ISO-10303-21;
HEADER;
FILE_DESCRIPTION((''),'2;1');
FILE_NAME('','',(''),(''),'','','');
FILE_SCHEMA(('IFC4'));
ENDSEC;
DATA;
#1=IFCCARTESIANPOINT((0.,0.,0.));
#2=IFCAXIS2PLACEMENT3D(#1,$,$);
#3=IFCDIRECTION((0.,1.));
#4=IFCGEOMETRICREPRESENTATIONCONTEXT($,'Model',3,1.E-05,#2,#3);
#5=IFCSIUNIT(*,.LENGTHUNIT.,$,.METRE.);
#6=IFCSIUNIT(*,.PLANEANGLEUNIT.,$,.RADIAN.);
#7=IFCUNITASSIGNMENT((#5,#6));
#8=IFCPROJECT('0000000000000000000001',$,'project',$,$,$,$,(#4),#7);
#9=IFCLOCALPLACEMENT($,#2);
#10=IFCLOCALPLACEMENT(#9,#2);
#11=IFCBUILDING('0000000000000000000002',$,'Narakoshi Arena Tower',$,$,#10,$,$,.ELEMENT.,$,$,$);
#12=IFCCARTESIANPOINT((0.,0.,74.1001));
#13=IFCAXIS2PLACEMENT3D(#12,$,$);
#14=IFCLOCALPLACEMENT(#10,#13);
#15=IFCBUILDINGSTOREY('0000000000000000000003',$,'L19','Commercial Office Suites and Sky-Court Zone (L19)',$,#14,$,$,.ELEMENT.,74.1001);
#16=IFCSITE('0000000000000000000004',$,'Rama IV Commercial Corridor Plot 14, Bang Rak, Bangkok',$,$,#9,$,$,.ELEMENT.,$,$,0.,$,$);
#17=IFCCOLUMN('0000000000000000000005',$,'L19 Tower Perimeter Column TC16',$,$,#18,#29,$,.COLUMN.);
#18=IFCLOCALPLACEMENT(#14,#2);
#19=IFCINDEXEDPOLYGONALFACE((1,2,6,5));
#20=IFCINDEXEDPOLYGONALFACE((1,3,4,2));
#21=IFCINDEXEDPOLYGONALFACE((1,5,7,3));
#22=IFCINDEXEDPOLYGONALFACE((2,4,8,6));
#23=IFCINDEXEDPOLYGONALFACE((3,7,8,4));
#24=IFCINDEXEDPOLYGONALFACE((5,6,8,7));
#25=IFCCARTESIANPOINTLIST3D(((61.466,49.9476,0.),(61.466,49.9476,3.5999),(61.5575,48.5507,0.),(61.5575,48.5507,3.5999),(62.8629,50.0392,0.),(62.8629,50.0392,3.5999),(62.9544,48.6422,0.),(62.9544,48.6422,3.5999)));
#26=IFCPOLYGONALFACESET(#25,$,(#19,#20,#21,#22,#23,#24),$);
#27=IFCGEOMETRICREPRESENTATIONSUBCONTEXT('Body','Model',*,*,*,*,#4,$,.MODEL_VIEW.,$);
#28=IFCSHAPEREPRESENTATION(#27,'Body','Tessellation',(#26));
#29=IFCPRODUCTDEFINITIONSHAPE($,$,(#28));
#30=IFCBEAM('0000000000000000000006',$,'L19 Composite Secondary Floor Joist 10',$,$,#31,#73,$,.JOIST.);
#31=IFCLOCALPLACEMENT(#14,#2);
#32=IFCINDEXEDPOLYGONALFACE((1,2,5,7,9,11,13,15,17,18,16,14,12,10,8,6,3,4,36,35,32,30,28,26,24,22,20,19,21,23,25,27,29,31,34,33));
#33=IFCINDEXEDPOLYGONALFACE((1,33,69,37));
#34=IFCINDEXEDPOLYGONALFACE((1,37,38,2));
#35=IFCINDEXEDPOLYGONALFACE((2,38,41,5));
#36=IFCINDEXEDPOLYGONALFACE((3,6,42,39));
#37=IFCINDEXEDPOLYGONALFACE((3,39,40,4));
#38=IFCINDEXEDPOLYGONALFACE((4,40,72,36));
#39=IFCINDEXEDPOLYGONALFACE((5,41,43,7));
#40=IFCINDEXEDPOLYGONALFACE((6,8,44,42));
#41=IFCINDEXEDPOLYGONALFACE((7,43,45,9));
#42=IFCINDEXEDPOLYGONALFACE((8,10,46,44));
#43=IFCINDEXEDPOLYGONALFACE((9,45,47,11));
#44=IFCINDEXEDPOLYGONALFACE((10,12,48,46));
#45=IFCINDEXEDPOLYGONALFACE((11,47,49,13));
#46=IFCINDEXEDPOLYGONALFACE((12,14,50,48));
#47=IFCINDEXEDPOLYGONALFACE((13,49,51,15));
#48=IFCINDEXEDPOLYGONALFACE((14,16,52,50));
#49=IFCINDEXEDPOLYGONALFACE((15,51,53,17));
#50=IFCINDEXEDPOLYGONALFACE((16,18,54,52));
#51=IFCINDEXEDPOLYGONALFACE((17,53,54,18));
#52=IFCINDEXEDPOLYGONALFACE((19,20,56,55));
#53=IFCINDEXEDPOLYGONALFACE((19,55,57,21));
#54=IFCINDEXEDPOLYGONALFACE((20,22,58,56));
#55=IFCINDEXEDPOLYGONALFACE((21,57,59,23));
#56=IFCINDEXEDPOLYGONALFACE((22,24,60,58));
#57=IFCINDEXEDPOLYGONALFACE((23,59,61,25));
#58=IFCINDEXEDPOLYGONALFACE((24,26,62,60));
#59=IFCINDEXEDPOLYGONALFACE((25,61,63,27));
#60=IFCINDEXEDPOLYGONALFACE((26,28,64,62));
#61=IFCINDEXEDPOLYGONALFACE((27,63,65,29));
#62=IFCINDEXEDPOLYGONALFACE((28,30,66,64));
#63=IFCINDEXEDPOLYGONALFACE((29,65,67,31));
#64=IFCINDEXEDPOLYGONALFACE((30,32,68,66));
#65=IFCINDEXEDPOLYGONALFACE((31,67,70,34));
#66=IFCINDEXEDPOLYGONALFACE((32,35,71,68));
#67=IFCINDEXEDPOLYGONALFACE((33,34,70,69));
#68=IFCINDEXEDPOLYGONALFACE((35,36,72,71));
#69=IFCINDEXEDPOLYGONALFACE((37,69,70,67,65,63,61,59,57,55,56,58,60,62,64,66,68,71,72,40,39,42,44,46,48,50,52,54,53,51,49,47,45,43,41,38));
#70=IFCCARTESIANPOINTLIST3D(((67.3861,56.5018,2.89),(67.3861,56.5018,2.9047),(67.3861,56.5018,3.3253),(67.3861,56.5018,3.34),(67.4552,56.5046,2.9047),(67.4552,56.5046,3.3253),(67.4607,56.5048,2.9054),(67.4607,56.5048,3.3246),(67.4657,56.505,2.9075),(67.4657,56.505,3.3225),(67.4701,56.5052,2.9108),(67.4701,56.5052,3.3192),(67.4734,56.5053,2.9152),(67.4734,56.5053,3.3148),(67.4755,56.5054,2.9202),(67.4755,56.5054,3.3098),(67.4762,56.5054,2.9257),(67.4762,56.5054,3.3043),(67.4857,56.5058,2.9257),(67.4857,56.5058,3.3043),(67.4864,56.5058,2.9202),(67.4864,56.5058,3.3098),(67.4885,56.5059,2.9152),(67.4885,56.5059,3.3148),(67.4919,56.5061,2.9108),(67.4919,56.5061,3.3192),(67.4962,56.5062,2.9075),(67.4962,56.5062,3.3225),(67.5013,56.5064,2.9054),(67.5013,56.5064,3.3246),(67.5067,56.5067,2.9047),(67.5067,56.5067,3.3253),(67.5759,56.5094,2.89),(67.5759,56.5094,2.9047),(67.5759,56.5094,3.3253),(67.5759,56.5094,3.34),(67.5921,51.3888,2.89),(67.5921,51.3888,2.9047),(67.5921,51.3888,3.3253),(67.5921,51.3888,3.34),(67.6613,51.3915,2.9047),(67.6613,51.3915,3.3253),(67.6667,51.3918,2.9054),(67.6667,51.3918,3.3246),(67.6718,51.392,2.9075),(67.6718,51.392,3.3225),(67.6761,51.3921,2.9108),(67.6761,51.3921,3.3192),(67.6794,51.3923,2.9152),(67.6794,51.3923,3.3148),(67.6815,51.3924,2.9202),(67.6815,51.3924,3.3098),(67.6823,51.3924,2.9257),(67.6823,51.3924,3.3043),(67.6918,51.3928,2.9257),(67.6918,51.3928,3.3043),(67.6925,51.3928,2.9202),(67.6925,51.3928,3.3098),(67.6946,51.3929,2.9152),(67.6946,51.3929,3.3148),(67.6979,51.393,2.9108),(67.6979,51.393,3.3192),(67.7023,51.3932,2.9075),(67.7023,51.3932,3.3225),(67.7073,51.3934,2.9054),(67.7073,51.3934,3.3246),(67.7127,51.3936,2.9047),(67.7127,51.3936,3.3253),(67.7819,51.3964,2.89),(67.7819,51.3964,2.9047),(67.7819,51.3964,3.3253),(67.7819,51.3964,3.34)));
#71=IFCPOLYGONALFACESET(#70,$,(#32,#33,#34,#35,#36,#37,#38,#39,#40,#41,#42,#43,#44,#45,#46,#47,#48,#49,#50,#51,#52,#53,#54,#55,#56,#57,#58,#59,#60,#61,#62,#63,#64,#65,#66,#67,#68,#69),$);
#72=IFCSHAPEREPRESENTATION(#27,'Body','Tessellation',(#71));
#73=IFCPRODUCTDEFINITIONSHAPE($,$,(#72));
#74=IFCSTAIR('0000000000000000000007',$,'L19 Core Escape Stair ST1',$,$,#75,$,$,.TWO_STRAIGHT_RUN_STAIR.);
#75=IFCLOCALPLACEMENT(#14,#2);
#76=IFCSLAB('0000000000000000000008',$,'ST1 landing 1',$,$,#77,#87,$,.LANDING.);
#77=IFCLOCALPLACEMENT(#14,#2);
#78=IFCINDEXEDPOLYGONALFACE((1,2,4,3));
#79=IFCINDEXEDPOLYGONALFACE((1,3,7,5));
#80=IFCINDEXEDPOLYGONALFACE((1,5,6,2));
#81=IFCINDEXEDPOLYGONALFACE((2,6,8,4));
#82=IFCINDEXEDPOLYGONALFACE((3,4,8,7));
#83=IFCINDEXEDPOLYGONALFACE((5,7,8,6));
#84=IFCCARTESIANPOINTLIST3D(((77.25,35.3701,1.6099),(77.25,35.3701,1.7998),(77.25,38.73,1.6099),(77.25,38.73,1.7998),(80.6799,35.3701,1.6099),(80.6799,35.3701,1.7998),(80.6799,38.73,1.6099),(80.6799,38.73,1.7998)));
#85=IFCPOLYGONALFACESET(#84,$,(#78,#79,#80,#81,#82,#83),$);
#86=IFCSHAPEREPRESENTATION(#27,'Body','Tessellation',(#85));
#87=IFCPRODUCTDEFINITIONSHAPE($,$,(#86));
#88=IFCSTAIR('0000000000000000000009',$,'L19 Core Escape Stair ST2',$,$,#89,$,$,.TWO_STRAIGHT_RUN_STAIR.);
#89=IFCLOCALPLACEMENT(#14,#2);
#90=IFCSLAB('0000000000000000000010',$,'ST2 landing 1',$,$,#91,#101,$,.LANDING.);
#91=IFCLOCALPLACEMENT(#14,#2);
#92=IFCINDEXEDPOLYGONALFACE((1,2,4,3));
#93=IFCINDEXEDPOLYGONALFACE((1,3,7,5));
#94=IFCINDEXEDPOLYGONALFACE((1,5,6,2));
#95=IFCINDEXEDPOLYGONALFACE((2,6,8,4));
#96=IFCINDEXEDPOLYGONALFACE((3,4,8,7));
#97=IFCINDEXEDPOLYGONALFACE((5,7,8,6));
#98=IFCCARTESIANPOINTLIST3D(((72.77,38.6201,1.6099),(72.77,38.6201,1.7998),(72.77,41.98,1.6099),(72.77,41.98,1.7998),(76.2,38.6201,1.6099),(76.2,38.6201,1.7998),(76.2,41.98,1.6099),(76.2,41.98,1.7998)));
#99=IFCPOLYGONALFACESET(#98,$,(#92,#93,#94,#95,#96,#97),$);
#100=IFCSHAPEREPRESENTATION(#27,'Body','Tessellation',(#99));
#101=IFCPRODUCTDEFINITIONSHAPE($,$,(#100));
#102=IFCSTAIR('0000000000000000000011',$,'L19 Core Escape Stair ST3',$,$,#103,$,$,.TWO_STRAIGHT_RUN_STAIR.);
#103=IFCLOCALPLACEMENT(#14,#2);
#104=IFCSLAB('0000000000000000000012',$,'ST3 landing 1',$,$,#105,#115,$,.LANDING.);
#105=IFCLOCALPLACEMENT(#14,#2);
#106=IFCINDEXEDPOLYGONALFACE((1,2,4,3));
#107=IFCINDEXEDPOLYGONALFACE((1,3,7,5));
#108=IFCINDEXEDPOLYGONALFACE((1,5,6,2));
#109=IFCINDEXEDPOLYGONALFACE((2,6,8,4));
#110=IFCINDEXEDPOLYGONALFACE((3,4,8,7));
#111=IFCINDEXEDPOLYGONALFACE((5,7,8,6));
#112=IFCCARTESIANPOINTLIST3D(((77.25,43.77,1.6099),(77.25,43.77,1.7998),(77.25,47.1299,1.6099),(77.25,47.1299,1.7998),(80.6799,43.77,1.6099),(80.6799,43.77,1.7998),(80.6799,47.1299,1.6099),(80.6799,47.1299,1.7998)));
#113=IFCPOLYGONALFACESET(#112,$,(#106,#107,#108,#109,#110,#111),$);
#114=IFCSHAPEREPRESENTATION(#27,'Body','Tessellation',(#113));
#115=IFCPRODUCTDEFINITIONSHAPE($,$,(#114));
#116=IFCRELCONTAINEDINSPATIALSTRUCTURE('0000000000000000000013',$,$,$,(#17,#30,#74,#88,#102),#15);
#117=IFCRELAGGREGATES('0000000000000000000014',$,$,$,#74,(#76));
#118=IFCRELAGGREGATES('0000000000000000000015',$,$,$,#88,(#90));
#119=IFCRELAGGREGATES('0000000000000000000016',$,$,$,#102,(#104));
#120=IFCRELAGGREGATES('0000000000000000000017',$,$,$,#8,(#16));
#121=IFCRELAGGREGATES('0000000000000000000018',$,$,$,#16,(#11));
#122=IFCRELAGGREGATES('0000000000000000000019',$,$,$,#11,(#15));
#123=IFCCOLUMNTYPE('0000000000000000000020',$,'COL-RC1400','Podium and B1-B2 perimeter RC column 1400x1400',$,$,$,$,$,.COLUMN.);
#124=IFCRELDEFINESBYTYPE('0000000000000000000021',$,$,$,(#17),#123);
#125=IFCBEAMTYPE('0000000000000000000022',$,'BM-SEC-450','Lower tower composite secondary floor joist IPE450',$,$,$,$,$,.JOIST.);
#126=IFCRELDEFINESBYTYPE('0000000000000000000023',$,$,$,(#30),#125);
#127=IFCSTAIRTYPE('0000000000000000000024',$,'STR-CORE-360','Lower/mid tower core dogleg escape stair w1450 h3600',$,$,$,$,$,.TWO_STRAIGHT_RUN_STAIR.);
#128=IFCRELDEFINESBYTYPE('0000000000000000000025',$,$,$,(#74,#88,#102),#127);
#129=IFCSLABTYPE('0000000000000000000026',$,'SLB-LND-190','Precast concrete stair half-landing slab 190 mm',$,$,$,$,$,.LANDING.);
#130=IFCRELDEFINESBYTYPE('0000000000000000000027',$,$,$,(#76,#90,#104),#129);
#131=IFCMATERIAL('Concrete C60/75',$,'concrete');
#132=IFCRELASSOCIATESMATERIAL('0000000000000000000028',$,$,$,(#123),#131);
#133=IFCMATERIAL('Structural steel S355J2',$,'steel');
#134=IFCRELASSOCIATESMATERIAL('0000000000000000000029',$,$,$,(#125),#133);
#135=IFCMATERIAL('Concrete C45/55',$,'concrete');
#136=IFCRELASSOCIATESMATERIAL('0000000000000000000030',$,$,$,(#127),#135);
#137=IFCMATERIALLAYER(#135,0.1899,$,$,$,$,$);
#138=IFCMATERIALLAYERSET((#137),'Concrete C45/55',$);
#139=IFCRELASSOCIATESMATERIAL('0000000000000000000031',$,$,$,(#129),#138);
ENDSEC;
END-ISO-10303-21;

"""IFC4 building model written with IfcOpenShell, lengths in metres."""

from ifc_helpers import new_model, si_unit, direction, frame, origin, origin_2d, place, context, subcontext, project, spatial, polyline, rectangle, i_section, outline, extrude, material, layer, layer_set, material_profile, profile_set, type_object, element, aggregate, save


model = new_model("IFC4")

# Units and contexts
model_context = context("Model", 3, precision=1e-05, world=origin(), true_north=direction((0.0, 1.0)))
body_context = subcontext(model_context, "Body", "Model", "MODEL_VIEW")
ifc_project = project(units=[si_unit("LENGTHUNIT", "METRE"), si_unit("PLANEANGLEUNIT", "RADIAN")], contexts=[model_context])

# Site, building, storey
site_placement = place(None, origin())
site = spatial("IfcSite", under=ifc_project, at=site_placement, Name="Rama IV Commercial Corridor Plot 14, Bang Rak, Bangkok", CompositionType="ELEMENT", RefElevation=0.0)
building_placement = place(site_placement, origin())
building = spatial("IfcBuilding", under=site, at=building_placement, Name="Narakoshi Arena Tower", CompositionType="ELEMENT")
storey_placement = place(building_placement, frame((0.0, 0.0, 74.1001)))
storey = spatial("IfcBuildingStorey", under=building, at=storey_placement, Name="L19", Description="Commercial Office Suites and Sky-Court Zone (L19)", CompositionType="ELEMENT", Elevation=74.1001)

# Column
ifc_material_1 = material(Name="Concrete C60/75", Category="concrete")
ifc_material_profile_1 = material_profile(ifc_material_1, rectangle(XDim=1.3999, YDim=1.3999, at=origin_2d()), Name="RC1400x1400")
ifc_profile_set_1 = profile_set([ifc_material_profile_1], Name="Concrete C60/75")
column_type = type_object("IfcColumnType", Name="COL-RC1400", Description="Podium and B1-B2 perimeter RC column 1400x1400", PredefinedType="COLUMN", material=ifc_profile_set_1)
column_placement = place(storey_placement, frame((62.2102, 49.2949, 0.0), z_axis=(0.0, 0.0, 1.0), x_axis=(-0.065403, 0.997859, 0.0)))
element("IfcColumn", 1, at=column_placement, inside=storey, type_object=column_type, Name="L19 Tower Perimeter Column TC16", PredefinedType="COLUMN", context=body_context, shape_type="SweptSolid", body=[
    extrude(rectangle(XDim=1.3999, YDim=1.3999, at=origin_2d()), origin(), (0.0, 0.0, 1.0), 3.5999),
])

# Beam
ifc_material_2 = material(Name="Structural steel S355J2", Category="steel")
ifc_material_profile_2 = material_profile(ifc_material_2, i_section(OverallWidth=0.1899, OverallDepth=0.45, WebThickness=0.0095, FlangeThickness=0.0146, FilletRadius=0.021, at=origin_2d()), Name="IPE450")
ifc_profile_set_2 = profile_set([ifc_material_profile_2], Name="Structural steel S355J2")
beam_type = type_object("IfcBeamType", Name="BM-SEC-450", Description="Lower tower composite secondary floor joist IPE450", PredefinedType="JOIST", material=ifc_profile_set_2)
beam_placement = place(storey_placement, frame((67.481, 56.5056, 3.115), z_axis=(0.040267, -0.999189, 0.0), x_axis=(0.999189, 0.040267, 0.0)))
element("IfcBeam", 2, at=beam_placement, inside=storey, type_object=beam_type, Name="L19 Composite Secondary Floor Joist 10", PredefinedType="JOIST", context=body_context, shape_type="SweptSolid", body=[
    extrude(i_section(OverallWidth=0.1899, OverallDepth=0.45, WebThickness=0.0095, FlangeThickness=0.0146, FilletRadius=0.021, at=origin_2d()), origin(), (0.0, 0.0, 1.0), 5.1172),
])

# Stairs, slabs
ifc_material_3 = material(Name="Concrete C45/55", Category="concrete")
stair_type = type_object("IfcStairType", Name="STR-CORE-360", Description="Lower/mid tower core dogleg escape stair w1450 h3600", PredefinedType="TWO_STRAIGHT_RUN_STAIR", material=ifc_material_3)
stair_1_placement = place(storey_placement, origin())
stair_1 = element("IfcStair", 3, at=stair_1_placement, inside=storey, type_object=stair_type, Name="L19 Core Escape Stair ST1", PredefinedType="TWO_STRAIGHT_RUN_STAIR")
ifc_layer_1 = layer(ifc_material_3, 0.1899)
ifc_layer_set_1 = layer_set([ifc_layer_1], Name="Concrete C45/55")
slab_type_1 = type_object("IfcSlabType", Name="SLB-LND-190", Description="Precast concrete stair half-landing slab 190 mm", PredefinedType="LANDING", material=ifc_layer_set_1)
slab_1_placement = place(storey_placement, frame((0.0, 0.0, 1.6099)))
slab_1 = element("IfcSlab", 4, at=slab_1_placement, type_object=slab_type_1, Name="ST1 landing 1", PredefinedType="LANDING", context=body_context, shape_type="SweptSolid", body=[
    extrude(outline(polyline([(77.25, 35.3701), (80.6799, 35.3701), (80.6799, 38.73), (77.25, 38.73), (77.25, 35.3701)])), origin(), (0.0, 0.0, 1.0), 0.1899),
])
aggregate(stair_1, [slab_1])
stair_2_placement = place(storey_placement, origin())
stair_2 = element("IfcStair", 5, at=stair_2_placement, inside=storey, type_object=stair_type, Name="L19 Core Escape Stair ST2", PredefinedType="TWO_STRAIGHT_RUN_STAIR")
slab_2_placement = place(storey_placement, frame((0.0, 0.0, 1.6099)))
slab_2 = element("IfcSlab", 6, at=slab_2_placement, type_object=slab_type_1, Name="ST2 landing 1", PredefinedType="LANDING", context=body_context, shape_type="SweptSolid", body=[
    extrude(outline(polyline([(72.77, 38.6201), (76.2, 38.6201), (76.2, 41.98), (72.77, 41.98), (72.77, 38.6201)])), origin(), (0.0, 0.0, 1.0), 0.1899),
])
aggregate(stair_2, [slab_2])
stair_3_placement = place(storey_placement, origin())
stair_3 = element("IfcStair", 7, at=stair_3_placement, inside=storey, type_object=stair_type, Name="L19 Core Escape Stair ST3", PredefinedType="TWO_STRAIGHT_RUN_STAIR")
slab_3_placement = place(storey_placement, frame((0.0, 0.0, 1.6099)))
slab_3 = element("IfcSlab", 8, at=slab_3_placement, type_object=slab_type_1, Name="ST3 landing 1", PredefinedType="LANDING", context=body_context, shape_type="SweptSolid", body=[
    extrude(outline(polyline([(77.25, 43.77), (80.6799, 43.77), (80.6799, 47.1299), (77.25, 47.1299), (77.25, 43.77)])), origin(), (0.0, 0.0, 1.0), 0.1899),
])
aggregate(stair_3, [slab_3])

save(model, "model.ifc")
